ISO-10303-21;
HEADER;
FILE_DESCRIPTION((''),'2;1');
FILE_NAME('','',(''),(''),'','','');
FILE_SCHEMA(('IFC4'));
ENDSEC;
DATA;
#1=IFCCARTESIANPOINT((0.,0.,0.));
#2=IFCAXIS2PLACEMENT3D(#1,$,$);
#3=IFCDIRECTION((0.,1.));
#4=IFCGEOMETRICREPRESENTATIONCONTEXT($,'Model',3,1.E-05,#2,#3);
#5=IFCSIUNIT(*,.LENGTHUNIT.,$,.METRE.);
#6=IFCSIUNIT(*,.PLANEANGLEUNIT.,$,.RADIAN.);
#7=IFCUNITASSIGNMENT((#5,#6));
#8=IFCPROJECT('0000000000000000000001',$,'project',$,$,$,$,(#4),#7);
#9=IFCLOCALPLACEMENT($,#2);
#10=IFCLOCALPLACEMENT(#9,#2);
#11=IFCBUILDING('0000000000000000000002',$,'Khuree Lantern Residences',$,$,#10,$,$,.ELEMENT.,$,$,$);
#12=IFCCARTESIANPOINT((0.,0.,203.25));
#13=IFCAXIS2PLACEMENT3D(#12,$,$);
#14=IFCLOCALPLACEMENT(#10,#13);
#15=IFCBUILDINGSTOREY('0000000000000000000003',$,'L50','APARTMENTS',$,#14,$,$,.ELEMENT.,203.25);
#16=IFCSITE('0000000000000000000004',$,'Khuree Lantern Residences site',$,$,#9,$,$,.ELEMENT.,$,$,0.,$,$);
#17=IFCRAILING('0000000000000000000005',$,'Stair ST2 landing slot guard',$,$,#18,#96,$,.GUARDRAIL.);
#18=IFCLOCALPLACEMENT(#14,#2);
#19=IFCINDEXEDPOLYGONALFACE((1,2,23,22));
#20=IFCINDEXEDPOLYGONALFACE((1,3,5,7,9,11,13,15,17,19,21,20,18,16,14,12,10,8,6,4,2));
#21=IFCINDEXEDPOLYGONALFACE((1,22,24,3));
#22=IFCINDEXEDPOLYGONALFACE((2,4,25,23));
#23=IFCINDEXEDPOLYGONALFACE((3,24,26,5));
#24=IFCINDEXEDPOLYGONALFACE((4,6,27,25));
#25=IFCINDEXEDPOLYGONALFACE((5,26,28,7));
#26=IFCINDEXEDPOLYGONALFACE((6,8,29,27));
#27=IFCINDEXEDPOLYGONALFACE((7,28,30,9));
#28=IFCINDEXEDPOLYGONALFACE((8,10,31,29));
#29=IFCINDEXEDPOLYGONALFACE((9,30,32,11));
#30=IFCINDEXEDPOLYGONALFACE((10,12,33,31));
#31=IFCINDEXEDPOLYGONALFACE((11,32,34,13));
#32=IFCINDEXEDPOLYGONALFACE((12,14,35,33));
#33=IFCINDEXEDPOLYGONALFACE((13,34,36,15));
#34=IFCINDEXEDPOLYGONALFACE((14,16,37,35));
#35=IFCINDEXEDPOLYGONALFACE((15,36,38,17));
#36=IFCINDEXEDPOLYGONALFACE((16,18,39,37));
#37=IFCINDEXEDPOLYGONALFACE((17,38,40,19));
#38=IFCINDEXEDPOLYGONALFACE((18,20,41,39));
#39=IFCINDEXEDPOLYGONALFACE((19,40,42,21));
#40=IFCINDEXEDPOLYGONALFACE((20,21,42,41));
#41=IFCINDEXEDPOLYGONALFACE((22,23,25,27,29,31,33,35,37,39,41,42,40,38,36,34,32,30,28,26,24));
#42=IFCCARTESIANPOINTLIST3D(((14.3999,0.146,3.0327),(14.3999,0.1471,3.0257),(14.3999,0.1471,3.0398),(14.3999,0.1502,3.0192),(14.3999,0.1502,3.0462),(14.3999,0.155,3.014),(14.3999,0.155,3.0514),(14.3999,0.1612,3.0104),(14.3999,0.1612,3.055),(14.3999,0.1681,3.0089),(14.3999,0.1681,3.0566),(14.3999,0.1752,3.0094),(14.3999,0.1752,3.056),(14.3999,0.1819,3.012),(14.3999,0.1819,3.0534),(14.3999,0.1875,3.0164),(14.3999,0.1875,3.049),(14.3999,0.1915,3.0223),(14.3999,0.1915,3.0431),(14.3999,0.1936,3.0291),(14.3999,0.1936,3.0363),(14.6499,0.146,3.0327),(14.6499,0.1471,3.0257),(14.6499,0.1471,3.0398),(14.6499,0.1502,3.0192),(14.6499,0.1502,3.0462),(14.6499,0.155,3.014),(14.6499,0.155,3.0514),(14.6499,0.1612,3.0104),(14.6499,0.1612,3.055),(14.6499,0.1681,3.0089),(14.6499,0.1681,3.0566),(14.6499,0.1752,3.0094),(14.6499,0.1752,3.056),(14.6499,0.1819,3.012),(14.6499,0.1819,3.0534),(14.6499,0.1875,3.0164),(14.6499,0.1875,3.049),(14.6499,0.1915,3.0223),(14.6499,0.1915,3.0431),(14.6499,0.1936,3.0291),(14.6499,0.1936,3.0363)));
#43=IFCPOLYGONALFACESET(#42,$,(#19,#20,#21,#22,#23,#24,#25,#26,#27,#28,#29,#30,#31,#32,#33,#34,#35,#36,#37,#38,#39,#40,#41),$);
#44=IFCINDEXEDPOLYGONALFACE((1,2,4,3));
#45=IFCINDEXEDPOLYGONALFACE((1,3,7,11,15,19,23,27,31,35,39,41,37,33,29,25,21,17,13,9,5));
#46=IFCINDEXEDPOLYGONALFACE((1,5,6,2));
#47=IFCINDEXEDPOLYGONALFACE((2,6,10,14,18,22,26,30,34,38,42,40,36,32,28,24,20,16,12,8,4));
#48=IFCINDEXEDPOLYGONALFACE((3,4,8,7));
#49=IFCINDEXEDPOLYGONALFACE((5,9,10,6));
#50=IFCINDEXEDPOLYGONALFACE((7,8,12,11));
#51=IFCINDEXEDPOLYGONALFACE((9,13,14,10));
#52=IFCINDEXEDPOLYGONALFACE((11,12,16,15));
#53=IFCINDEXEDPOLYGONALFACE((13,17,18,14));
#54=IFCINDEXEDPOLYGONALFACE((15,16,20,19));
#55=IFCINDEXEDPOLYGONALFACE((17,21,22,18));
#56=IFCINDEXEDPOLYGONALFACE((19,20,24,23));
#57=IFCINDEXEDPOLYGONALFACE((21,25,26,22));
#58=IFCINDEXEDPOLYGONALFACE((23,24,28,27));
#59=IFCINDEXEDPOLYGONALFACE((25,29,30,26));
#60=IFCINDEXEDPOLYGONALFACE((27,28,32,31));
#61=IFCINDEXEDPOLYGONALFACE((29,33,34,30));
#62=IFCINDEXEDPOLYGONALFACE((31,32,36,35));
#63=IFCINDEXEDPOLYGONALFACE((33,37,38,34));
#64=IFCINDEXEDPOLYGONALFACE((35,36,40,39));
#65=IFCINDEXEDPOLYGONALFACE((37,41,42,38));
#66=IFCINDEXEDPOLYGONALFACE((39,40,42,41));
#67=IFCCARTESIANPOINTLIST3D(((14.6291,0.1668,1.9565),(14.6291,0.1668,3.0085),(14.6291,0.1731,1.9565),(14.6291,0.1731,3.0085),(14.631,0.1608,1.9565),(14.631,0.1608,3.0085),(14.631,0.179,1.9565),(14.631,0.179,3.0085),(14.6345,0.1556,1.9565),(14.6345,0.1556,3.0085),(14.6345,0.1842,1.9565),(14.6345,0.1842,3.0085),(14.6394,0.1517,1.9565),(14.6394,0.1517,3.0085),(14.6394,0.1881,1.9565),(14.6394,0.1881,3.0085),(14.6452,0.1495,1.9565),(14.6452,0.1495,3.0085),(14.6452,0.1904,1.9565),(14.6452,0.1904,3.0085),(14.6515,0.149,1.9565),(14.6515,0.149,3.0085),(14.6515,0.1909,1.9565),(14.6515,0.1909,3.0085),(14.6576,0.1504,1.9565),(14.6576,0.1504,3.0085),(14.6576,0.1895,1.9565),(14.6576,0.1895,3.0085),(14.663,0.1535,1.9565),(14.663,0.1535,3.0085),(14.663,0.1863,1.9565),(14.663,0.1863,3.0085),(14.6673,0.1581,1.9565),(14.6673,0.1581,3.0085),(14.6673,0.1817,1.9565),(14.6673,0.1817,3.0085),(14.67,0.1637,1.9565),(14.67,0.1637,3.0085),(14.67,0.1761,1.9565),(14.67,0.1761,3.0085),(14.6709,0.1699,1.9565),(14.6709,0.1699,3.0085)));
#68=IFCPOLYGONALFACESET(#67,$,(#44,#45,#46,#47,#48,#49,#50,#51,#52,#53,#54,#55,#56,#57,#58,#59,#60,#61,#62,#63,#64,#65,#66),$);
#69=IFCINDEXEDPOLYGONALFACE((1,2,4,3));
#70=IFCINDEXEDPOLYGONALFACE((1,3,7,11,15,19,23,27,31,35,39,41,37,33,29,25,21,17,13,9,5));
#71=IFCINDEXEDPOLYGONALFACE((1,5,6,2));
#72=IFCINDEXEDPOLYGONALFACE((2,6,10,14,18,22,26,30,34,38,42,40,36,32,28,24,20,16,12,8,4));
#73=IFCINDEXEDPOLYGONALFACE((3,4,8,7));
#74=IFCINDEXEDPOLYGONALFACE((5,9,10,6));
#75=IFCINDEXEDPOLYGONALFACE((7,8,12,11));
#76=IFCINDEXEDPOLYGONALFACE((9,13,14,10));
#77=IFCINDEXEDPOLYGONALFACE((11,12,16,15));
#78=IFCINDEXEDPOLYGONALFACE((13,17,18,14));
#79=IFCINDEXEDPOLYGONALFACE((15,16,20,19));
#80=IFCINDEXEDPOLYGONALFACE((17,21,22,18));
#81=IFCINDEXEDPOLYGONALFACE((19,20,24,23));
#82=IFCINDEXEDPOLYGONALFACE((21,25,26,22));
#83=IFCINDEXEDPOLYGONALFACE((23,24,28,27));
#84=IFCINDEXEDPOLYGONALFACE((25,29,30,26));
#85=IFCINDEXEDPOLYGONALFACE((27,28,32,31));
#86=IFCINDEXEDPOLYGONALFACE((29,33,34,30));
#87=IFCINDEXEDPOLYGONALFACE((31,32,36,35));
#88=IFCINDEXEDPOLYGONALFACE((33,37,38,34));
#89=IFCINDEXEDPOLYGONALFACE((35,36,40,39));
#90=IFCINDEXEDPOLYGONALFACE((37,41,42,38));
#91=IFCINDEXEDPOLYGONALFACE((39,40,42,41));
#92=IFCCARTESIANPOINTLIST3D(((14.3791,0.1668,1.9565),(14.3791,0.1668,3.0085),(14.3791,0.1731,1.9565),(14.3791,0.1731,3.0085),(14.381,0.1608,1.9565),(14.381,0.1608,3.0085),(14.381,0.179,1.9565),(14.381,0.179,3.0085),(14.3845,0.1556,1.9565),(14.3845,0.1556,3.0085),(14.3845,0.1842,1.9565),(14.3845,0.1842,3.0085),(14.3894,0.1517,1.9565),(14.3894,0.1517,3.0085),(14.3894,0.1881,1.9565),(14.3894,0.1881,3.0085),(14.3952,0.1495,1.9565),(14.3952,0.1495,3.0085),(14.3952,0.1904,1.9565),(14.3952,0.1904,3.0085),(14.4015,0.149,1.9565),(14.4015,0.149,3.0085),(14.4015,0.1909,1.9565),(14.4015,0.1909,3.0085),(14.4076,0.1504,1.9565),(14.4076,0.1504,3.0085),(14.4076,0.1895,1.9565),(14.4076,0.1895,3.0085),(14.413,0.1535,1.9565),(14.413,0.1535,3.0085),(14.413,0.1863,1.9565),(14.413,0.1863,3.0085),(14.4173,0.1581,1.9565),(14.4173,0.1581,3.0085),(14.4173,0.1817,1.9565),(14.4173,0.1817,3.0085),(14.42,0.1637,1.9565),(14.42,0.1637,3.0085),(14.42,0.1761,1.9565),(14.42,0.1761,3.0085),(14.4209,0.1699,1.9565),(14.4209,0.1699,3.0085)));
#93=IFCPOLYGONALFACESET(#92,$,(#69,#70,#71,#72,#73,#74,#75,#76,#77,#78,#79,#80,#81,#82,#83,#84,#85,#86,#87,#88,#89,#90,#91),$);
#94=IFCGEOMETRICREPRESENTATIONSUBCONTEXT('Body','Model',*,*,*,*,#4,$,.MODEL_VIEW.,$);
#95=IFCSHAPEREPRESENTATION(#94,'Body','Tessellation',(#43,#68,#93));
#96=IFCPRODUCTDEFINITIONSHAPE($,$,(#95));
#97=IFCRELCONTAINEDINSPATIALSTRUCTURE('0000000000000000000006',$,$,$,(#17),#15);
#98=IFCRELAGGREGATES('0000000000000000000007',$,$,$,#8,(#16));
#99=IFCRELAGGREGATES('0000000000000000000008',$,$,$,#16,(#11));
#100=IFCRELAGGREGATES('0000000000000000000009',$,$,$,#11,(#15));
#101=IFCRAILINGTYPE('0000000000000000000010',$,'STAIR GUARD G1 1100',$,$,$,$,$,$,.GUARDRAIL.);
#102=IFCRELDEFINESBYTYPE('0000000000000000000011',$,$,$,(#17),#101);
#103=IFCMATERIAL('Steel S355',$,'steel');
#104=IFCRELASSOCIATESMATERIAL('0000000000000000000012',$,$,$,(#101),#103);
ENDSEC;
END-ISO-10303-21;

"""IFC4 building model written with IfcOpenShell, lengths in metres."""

from ifc_helpers import new_model, si_unit, direction, frame, origin, origin_2d, place, context, subcontext, project, spatial, circle, extrude, material, type_object, element, save


model = new_model("IFC4")

# Units and contexts
model_context = context("Model", 3, precision=1e-05, world=origin(), true_north=direction((0.0, 1.0)))
body_context = subcontext(model_context, "Body", "Model", "MODEL_VIEW")
ifc_project = project(units=[si_unit("LENGTHUNIT", "METRE"), si_unit("PLANEANGLEUNIT", "RADIAN")], contexts=[model_context])

# Site, building, storey
site_placement = place(None, origin())
site = spatial("IfcSite", under=ifc_project, at=site_placement, Name="Khuree Lantern Residences site", CompositionType="ELEMENT", RefElevation=0.0)
building_placement = place(site_placement, origin())
building = spatial("IfcBuilding", under=site, at=building_placement, Name="Khuree Lantern Residences", CompositionType="ELEMENT")
storey_placement = place(building_placement, frame((0.0, 0.0, 203.25)))
storey = spatial("IfcBuildingStorey", under=building, at=storey_placement, Name="L50", Description="APARTMENTS", CompositionType="ELEMENT", Elevation=203.25)

# Railing
ifc_material_1 = material(Name="Steel S355", Category="steel")
railing_type = type_object("IfcRailingType", Name="STAIR GUARD G1 1100", PredefinedType="GUARDRAIL", material=ifc_material_1)
railing_placement = place(storey_placement, frame((14.6499, 0.1699, 1.9565)))
element("IfcRailing", 1, at=railing_placement, inside=storey, type_object=railing_type, Name="Stair ST2 landing slot guard", PredefinedType="GUARDRAIL", context=body_context, shape_type="SweptSolid", body=[
    extrude(circle(Radius=0.0239, at=origin_2d()), frame((0.0, 0.0, 1.0762), z_axis=(-1.0, 0.0, 0.0), x_axis=(0.0, -1.0, 0.0)), (0.0, 0.0, 1.0), 0.25),
    extrude(circle(Radius=0.021, at=origin_2d()), origin(), (0.0, 0.0, 1.0), 1.052),
    extrude(circle(Radius=0.021, at=origin_2d()), frame((-0.25, 0.0, 0.0)), (0.0, 0.0, 1.0), 1.052),
])

save(model, "model.ifc")
